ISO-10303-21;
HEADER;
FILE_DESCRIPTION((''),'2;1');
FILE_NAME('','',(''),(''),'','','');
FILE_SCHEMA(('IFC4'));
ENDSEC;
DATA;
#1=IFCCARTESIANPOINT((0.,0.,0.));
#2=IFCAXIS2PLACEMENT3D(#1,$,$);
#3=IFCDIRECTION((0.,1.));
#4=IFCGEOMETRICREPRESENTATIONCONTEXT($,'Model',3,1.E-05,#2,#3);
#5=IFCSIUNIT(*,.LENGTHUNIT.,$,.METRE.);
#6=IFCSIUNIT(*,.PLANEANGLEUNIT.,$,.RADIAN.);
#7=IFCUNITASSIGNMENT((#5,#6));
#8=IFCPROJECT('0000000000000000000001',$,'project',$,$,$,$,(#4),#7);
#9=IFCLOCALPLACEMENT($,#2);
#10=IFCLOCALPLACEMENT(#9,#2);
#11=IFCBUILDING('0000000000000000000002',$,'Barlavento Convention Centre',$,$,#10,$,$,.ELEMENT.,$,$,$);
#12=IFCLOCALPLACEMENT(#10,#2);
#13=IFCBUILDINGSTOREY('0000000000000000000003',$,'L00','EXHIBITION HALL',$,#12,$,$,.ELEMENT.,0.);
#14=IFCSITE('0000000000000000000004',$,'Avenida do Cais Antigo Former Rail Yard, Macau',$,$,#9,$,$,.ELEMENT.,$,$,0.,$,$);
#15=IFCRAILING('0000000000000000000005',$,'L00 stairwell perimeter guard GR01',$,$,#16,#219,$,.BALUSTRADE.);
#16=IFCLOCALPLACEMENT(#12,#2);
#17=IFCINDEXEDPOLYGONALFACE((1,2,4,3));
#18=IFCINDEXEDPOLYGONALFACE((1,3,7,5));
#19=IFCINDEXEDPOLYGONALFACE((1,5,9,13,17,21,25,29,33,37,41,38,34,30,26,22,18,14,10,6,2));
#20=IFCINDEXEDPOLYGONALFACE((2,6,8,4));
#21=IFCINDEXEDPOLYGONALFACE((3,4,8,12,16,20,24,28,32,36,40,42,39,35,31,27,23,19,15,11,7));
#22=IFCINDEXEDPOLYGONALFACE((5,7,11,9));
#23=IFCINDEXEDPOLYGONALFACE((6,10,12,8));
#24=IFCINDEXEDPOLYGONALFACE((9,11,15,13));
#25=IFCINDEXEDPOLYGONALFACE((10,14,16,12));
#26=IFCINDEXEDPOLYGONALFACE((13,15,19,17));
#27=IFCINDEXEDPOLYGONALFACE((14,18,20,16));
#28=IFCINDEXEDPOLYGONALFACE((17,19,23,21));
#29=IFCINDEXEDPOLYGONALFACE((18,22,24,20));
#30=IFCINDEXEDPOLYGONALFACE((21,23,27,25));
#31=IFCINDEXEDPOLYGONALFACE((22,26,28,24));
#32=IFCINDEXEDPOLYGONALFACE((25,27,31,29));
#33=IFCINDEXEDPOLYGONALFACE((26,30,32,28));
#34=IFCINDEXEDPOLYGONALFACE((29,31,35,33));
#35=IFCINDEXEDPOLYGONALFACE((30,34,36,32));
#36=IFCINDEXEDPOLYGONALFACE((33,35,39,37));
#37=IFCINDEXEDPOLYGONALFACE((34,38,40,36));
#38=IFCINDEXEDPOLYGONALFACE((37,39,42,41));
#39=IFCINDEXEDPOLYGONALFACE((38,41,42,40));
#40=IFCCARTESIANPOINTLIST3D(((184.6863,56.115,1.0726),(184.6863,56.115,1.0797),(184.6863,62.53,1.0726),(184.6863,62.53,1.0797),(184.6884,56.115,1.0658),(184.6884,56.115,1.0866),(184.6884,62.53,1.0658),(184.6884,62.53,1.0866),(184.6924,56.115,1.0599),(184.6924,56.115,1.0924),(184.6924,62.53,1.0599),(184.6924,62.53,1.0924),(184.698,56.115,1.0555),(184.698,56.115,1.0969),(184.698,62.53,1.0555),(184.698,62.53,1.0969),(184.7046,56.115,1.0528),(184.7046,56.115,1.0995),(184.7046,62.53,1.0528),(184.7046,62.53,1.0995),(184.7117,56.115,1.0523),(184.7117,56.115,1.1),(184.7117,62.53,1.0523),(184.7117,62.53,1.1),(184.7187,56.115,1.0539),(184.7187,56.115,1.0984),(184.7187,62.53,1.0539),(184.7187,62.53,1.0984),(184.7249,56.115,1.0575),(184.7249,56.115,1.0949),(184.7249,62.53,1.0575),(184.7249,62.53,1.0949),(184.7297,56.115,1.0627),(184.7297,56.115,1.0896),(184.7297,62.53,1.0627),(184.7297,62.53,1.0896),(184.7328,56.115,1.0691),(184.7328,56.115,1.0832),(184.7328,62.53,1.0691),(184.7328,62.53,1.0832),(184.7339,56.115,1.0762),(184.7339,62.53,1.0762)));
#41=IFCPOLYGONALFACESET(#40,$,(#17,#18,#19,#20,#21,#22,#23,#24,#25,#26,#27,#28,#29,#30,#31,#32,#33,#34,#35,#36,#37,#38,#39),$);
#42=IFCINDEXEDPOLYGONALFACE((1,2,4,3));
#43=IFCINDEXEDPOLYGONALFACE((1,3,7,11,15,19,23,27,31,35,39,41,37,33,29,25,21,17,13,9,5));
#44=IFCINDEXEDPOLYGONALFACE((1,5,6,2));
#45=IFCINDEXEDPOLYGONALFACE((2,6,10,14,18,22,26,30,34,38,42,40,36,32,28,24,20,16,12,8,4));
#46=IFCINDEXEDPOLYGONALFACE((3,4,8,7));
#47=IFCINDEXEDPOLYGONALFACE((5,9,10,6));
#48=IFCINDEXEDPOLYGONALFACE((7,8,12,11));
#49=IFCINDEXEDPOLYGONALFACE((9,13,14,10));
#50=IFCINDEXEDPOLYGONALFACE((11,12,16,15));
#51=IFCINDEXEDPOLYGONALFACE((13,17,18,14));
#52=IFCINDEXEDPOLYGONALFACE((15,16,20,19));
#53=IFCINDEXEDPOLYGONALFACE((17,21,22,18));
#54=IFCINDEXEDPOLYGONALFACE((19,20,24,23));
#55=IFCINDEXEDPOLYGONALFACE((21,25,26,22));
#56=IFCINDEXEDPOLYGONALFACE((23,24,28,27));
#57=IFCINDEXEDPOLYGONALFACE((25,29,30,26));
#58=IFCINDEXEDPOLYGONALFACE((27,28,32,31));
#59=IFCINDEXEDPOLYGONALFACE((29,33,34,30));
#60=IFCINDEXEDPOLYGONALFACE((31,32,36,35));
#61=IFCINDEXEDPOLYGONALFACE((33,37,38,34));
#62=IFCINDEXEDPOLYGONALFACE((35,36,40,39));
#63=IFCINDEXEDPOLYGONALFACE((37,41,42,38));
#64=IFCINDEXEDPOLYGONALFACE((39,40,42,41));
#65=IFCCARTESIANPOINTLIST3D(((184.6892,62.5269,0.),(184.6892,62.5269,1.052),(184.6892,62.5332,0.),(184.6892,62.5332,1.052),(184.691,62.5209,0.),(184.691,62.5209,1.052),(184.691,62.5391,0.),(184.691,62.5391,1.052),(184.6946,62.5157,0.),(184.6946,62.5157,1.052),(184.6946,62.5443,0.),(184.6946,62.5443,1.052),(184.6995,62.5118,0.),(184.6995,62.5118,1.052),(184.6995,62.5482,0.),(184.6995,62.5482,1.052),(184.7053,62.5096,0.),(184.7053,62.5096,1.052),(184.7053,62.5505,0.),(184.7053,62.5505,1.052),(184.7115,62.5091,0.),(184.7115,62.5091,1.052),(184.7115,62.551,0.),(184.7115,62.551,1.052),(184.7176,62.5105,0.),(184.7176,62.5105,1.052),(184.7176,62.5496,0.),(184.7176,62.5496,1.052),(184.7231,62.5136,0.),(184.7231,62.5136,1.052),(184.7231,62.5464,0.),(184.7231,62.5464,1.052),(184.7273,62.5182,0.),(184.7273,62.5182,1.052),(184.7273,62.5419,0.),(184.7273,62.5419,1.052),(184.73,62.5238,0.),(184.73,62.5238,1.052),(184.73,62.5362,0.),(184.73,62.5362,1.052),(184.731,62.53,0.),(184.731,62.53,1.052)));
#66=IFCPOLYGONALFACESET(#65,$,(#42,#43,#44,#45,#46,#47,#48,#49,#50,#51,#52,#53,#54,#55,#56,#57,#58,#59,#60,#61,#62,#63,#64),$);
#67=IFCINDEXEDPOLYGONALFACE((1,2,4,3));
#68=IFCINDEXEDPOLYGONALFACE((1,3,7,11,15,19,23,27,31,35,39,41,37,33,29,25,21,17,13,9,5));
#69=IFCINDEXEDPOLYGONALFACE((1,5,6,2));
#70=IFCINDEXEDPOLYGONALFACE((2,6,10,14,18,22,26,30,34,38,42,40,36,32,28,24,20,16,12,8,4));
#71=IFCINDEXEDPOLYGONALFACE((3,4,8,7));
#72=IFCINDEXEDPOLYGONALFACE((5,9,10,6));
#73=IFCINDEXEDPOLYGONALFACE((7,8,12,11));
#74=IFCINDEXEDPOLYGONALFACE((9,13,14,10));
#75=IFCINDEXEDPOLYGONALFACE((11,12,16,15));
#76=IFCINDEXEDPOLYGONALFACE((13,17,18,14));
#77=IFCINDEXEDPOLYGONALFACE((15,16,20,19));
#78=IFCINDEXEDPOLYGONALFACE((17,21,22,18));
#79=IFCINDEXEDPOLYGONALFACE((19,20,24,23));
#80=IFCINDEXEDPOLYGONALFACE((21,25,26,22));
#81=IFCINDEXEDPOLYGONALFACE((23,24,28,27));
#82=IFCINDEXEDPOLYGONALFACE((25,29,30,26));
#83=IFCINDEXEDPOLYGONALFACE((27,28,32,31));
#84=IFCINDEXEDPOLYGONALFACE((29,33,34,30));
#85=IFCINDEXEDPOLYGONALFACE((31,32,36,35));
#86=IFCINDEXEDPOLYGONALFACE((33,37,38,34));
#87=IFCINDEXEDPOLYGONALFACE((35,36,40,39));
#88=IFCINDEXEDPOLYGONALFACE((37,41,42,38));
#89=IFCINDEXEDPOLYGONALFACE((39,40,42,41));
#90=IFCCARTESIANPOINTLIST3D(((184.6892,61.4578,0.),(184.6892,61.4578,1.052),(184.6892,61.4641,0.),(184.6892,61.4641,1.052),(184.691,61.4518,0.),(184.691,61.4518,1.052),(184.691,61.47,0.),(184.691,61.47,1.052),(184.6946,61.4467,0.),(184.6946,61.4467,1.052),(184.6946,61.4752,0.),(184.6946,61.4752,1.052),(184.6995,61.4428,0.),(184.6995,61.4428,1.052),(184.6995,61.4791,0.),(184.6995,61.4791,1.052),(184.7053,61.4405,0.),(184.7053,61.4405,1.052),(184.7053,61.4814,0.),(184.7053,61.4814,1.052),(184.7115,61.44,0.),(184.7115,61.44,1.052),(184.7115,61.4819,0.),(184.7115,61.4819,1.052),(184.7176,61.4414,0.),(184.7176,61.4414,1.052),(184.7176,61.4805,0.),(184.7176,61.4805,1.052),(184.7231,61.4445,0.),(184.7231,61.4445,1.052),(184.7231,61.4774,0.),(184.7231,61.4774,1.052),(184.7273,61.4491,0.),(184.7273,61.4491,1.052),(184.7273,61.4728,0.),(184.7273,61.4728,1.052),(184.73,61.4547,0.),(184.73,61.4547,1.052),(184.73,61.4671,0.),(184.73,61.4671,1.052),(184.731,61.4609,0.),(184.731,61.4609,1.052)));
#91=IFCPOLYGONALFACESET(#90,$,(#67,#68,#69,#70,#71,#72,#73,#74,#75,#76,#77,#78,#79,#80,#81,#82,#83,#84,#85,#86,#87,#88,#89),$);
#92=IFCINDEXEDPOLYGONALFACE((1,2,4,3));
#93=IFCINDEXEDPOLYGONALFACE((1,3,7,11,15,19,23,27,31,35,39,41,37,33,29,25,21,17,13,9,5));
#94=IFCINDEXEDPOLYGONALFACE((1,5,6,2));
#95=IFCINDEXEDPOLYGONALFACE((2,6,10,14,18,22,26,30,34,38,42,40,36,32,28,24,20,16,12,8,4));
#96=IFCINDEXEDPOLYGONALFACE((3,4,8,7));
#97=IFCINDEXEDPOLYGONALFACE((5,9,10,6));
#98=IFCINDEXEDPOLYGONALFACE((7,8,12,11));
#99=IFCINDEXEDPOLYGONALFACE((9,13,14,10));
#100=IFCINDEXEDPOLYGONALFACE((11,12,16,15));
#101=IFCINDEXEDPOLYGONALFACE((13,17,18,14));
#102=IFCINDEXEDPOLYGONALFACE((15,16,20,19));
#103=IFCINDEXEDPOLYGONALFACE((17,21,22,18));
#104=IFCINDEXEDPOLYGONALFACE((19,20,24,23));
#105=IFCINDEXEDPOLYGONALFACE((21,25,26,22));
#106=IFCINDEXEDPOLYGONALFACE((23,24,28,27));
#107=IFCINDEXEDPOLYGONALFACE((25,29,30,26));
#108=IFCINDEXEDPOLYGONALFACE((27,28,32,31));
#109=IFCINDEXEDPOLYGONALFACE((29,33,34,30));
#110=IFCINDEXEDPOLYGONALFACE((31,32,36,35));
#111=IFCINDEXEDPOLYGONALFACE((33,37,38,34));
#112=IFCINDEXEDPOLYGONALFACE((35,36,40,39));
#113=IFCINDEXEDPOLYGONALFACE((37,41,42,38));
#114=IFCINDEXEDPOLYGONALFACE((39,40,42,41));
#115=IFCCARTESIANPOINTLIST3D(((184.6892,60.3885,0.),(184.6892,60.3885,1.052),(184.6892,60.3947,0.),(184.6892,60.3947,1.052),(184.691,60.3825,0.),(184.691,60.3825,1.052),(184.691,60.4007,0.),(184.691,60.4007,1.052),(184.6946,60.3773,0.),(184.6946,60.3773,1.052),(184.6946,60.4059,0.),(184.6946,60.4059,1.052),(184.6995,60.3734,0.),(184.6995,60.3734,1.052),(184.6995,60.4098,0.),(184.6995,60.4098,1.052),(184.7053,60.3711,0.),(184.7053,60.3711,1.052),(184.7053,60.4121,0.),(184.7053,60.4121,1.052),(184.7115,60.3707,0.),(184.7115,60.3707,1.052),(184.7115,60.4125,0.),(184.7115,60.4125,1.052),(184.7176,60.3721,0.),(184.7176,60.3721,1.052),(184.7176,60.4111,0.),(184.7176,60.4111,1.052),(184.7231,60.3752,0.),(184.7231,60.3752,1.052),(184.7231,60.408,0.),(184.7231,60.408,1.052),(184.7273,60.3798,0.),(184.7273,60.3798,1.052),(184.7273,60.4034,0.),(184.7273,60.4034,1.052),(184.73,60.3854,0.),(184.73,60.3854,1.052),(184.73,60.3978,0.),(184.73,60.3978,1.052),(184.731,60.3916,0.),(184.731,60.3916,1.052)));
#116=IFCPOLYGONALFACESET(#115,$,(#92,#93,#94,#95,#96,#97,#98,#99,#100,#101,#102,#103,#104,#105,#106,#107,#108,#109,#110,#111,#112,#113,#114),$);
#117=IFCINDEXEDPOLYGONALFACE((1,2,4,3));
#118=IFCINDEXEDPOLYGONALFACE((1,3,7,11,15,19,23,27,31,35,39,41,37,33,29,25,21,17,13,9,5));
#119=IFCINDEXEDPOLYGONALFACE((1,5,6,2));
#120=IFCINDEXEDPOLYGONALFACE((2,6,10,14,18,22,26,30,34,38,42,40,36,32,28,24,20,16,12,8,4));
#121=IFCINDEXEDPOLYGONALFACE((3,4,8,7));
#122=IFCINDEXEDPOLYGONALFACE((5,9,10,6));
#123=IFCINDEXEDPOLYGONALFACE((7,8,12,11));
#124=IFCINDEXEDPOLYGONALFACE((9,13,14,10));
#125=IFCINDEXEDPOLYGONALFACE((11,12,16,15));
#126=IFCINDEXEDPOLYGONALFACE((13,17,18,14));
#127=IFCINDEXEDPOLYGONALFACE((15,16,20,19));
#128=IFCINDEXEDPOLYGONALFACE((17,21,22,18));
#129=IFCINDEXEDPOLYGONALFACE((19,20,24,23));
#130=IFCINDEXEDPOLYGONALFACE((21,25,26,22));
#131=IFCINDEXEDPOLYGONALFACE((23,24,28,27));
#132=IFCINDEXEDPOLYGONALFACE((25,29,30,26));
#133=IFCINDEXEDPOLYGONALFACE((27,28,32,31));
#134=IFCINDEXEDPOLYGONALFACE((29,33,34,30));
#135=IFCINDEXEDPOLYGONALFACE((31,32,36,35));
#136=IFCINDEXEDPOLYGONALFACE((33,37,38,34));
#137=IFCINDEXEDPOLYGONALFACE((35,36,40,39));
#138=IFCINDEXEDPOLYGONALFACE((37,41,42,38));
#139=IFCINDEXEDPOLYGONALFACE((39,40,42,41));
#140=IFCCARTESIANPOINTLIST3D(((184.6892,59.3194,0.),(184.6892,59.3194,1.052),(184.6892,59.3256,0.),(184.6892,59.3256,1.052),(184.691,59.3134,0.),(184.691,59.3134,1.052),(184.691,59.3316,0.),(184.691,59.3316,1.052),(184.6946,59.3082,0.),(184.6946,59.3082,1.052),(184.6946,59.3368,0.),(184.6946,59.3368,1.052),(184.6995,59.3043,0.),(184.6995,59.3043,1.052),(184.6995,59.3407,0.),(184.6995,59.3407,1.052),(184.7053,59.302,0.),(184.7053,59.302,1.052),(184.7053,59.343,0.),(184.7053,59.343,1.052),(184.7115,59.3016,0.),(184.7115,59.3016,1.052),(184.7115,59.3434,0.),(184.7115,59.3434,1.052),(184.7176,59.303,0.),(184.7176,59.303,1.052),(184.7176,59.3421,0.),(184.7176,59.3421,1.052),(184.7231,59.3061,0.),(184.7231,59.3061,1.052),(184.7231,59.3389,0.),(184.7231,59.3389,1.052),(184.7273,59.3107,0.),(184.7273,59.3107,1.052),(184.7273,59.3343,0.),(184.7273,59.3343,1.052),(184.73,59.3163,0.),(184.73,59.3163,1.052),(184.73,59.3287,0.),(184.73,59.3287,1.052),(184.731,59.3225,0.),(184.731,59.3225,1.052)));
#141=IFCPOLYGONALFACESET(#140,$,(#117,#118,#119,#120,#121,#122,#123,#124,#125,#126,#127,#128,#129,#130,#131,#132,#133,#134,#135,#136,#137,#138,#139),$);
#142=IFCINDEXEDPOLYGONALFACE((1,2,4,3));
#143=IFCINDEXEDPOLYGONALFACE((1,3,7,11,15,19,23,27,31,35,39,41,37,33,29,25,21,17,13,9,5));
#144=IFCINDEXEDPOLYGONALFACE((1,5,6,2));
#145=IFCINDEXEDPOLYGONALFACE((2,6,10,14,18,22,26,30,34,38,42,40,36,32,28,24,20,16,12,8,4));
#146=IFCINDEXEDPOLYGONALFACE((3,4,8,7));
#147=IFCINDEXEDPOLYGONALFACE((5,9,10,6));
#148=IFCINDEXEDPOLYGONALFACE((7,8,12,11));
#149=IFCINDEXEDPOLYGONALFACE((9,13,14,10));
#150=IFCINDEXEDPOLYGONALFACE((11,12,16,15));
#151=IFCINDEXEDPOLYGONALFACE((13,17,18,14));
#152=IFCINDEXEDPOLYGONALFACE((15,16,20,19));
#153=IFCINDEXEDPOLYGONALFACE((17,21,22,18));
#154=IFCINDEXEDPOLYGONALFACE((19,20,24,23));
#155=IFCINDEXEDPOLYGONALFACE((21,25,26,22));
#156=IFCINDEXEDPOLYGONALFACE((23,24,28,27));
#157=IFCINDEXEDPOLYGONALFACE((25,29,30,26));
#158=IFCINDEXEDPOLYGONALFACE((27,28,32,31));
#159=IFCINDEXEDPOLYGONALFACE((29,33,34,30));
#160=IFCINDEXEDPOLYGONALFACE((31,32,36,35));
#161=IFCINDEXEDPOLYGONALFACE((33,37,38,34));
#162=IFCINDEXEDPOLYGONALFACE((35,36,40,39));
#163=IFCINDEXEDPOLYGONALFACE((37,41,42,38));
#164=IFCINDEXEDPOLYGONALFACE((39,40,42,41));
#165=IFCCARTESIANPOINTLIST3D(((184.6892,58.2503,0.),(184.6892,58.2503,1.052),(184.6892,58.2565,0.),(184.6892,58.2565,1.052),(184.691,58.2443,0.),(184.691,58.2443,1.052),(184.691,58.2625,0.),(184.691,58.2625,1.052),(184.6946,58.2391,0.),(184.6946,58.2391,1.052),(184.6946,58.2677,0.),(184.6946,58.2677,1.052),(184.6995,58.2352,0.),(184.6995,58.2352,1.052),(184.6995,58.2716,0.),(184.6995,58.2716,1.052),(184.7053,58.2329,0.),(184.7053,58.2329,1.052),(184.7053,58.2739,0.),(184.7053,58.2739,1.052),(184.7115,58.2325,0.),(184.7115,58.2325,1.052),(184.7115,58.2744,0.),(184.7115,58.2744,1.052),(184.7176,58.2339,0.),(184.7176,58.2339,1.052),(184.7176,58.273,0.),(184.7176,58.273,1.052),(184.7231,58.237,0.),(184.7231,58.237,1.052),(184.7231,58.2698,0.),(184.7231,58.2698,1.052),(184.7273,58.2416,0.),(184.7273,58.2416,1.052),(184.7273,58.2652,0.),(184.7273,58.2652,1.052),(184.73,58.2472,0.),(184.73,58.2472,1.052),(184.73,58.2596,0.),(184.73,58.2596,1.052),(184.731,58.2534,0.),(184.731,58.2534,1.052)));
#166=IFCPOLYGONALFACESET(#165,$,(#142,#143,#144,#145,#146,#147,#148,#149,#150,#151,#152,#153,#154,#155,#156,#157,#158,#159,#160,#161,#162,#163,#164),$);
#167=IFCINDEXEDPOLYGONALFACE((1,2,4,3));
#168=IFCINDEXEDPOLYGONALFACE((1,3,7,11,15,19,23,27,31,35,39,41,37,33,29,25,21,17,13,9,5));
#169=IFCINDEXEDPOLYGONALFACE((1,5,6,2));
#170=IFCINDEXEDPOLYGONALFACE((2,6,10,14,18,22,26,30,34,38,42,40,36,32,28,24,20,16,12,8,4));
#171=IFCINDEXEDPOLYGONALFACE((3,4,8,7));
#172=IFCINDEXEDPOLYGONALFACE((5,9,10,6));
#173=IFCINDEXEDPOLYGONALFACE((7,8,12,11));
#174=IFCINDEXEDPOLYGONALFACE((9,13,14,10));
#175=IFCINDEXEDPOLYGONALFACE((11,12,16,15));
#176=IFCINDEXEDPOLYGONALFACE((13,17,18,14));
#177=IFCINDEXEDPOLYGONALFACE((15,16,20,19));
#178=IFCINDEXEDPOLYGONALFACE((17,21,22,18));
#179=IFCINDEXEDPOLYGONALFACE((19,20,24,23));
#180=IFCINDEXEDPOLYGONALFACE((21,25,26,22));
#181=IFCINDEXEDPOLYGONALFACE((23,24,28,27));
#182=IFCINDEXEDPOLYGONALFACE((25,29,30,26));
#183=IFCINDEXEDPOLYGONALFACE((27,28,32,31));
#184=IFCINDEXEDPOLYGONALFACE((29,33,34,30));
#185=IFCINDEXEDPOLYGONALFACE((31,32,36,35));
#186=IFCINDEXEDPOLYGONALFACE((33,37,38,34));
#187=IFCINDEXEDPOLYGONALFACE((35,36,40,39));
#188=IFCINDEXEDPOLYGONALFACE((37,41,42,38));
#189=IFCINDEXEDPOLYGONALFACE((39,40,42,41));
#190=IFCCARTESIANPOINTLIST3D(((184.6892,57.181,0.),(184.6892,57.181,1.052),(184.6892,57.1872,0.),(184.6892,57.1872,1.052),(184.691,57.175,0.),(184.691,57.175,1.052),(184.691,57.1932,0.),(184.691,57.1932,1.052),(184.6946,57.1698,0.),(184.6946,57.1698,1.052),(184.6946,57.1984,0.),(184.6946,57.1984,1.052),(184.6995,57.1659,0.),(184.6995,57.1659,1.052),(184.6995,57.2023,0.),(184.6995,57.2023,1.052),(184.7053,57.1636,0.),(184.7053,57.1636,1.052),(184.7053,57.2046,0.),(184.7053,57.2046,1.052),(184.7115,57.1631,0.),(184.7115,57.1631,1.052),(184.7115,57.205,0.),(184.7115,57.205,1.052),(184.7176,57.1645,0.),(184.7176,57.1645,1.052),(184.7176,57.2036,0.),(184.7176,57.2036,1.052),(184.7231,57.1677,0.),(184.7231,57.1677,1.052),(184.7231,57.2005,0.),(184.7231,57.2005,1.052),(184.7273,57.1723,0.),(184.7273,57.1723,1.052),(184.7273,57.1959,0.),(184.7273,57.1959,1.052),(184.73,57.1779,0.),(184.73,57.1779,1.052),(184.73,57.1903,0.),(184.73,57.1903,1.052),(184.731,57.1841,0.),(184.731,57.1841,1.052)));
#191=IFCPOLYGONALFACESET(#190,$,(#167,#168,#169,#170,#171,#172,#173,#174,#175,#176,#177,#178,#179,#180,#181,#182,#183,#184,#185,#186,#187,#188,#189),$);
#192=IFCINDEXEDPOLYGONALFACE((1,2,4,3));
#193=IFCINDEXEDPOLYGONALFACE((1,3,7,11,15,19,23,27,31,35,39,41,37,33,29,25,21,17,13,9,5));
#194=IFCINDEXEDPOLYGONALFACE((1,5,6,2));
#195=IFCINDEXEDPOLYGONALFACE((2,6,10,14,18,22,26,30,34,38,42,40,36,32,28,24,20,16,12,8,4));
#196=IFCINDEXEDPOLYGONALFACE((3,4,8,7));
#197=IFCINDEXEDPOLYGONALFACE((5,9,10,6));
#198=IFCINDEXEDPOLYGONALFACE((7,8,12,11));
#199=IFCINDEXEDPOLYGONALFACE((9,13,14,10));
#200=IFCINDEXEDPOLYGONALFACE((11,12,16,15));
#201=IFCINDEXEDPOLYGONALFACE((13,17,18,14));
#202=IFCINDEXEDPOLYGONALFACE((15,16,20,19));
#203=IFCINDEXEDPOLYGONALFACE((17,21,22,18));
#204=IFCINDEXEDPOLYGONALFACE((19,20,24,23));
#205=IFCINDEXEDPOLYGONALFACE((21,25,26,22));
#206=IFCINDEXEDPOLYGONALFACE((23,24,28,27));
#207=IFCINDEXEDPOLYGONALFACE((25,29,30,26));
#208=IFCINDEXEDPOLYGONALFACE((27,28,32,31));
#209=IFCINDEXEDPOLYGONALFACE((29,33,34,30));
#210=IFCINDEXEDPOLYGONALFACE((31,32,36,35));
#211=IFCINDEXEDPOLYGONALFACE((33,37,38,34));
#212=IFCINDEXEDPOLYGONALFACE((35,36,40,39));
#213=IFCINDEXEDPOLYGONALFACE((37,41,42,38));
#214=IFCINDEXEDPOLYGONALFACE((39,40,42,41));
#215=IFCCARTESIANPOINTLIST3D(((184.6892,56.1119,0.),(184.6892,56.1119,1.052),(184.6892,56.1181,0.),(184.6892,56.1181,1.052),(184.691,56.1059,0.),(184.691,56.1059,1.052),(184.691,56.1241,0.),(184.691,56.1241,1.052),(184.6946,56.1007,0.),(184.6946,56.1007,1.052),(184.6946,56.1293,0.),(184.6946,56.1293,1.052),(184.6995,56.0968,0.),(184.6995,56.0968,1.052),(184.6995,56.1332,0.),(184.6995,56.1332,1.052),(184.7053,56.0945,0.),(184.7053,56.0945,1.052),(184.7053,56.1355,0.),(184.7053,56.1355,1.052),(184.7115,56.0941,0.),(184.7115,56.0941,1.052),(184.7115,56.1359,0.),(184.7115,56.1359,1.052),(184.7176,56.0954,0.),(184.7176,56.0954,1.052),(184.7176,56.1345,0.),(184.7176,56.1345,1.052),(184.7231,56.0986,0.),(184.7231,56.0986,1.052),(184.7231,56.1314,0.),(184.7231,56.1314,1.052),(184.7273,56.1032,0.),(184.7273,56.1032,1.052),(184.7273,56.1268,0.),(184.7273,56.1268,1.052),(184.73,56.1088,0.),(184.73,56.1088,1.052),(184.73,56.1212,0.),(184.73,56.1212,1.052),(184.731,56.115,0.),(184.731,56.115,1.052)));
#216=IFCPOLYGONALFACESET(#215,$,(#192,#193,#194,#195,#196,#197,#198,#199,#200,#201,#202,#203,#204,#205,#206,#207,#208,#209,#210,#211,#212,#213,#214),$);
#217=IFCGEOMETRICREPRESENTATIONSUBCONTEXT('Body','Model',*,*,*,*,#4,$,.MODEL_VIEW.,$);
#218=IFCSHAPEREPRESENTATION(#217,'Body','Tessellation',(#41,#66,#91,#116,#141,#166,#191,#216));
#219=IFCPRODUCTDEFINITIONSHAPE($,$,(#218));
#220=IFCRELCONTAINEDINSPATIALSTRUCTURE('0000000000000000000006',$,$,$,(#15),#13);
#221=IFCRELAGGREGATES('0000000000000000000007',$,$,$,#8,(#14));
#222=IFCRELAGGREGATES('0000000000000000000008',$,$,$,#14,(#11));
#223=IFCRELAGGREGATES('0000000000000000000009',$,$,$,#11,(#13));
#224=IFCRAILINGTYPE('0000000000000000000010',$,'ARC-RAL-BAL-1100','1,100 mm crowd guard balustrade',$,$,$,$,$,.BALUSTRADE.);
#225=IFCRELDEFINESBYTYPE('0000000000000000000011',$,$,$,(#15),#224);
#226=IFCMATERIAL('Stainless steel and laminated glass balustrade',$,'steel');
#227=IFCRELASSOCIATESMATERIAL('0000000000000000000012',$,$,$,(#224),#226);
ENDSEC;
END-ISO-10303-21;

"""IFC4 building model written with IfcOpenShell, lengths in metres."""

from ifc_helpers import new_model, si_unit, direction, frame, origin, origin_2d, place, context, subcontext, project, spatial, circle, extrude, material, type_object, element, save


model = new_model("IFC4")

# Units and contexts
model_context = context("Model", 3, precision=1e-05, world=origin(), true_north=direction((0.0, 1.0)))
body_context = subcontext(model_context, "Body", "Model", "MODEL_VIEW")
ifc_project = project(units=[si_unit("LENGTHUNIT", "METRE"), si_unit("PLANEANGLEUNIT", "RADIAN")], contexts=[model_context])

# Site, building, storey
site_placement = place(None, origin())
site = spatial("IfcSite", under=ifc_project, at=site_placement, Name="Avenida do Cais Antigo Former Rail Yard, Macau", CompositionType="ELEMENT", RefElevation=0.0)
building_placement = place(site_placement, origin())
building = spatial("IfcBuilding", under=site, at=building_placement, Name="Barlavento Convention Centre", CompositionType="ELEMENT")
storey_placement = place(building_placement, origin())
storey = spatial("IfcBuildingStorey", under=building, at=storey_placement, Name="L00", Description="EXHIBITION HALL", CompositionType="ELEMENT", Elevation=0.0)

# Railing
ifc_material_1 = material(Name="Stainless steel and laminated glass balustrade", Category="steel")
railing_type_1 = type_object("IfcRailingType", Name="ARC-RAL-BAL-1100", Description="1,100 mm crowd guard balustrade", PredefinedType="BALUSTRADE", material=ifc_material_1)
railing_1_placement = place(storey_placement, frame((184.71, 62.53, 0.0)))
element("IfcRailing", 1, at=railing_1_placement, inside=storey, type_object=railing_type_1, Name="L00 stairwell perimeter guard GR01", PredefinedType="BALUSTRADE", context=body_context, shape_type="SweptSolid", body=[
    extrude(circle(Radius=0.0239, at=origin_2d()), frame((0.0, 0.0, 1.0762), z_axis=(0.0, -1.0, 0.0), x_axis=(1.0, 0.0, 0.0)), (0.0, 0.0, 1.0), 6.415),
    extrude(circle(Radius=0.021, at=origin_2d()), origin(), (0.0, 0.0, 1.0), 1.052),
    extrude(circle(Radius=0.021, at=origin_2d()), frame((0.0, -1.0691, 0.0)), (0.0, 0.0, 1.0), 1.052),
    extrude(circle(Radius=0.021, at=origin_2d()), frame((0.0, -2.1384, 0.0)), (0.0, 0.0, 1.0), 1.052),
    extrude(circle(Radius=0.021, at=origin_2d()), frame((0.0, -3.2075, 0.0)), (0.0, 0.0, 1.0), 1.052),
    extrude(circle(Radius=0.021, at=origin_2d()), frame((0.0, -4.2766, 0.0)), (0.0, 0.0, 1.0), 1.052),
    extrude(circle(Radius=0.021, at=origin_2d()), frame((0.0, -5.3459, 0.0)), (0.0, 0.0, 1.0), 1.052),
    extrude(circle(Radius=0.021, at=origin_2d()), frame((0.0, -6.415, 0.0)), (0.0, 0.0, 1.0), 1.052),
])

save(model, "model.ifc")
